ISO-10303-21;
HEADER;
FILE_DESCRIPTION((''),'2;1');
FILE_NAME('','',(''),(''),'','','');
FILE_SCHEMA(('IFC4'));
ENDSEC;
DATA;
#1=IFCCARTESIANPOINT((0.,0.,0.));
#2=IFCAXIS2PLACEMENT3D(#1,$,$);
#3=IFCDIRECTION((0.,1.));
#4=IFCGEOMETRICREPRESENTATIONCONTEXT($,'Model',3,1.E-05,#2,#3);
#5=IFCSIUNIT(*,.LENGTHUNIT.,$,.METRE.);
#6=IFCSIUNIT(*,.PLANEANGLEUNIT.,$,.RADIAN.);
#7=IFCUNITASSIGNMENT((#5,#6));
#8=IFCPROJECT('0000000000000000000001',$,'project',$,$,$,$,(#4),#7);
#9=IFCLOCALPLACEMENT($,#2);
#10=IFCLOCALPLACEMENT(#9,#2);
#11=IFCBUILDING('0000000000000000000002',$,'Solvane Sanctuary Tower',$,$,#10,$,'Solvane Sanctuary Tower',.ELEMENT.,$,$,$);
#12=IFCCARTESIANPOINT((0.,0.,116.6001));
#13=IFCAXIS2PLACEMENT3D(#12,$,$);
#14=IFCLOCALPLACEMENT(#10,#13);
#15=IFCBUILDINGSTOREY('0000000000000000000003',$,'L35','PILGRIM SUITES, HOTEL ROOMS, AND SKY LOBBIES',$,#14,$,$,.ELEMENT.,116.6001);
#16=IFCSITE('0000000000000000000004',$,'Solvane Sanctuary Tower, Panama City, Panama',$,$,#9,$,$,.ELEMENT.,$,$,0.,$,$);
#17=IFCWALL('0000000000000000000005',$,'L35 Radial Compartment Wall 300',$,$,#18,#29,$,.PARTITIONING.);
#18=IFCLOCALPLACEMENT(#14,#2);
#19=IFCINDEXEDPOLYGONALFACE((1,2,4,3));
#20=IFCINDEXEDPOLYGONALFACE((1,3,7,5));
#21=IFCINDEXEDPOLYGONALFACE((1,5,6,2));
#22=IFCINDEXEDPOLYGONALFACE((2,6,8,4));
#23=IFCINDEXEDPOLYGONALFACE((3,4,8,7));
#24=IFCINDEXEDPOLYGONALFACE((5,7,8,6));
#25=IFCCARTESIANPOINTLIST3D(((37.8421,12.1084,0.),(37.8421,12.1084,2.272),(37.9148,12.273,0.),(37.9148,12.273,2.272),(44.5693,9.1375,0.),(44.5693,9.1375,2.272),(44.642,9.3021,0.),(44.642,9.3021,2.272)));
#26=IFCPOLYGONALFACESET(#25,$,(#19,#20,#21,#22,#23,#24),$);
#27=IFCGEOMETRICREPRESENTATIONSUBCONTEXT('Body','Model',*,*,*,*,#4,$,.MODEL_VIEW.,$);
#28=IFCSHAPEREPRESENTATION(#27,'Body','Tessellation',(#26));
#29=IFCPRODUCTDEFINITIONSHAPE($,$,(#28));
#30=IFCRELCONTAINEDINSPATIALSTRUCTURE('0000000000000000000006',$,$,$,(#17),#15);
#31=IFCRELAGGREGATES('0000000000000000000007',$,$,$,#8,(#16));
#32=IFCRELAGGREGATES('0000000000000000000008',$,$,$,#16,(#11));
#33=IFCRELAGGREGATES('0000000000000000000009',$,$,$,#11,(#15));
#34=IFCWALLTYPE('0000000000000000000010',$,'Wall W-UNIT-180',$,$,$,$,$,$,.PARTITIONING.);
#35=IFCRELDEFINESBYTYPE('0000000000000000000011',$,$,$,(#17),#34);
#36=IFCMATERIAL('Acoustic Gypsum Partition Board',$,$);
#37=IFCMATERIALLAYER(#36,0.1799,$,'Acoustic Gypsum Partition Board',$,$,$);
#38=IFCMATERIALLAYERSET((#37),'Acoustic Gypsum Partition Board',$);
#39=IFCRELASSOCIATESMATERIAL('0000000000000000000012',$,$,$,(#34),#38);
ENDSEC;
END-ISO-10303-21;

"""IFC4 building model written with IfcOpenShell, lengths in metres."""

from ifc_helpers import new_model, si_unit, direction, frame, frame_2d, origin, place, context, subcontext, project, spatial, rectangle, extrude, material, layer, layer_set, type_object, element, save


model = new_model("IFC4")

# Units and contexts
model_context = context("Model", 3, precision=1e-05, world=origin(), true_north=direction((0.0, 1.0)))
body_context = subcontext(model_context, "Body", "Model", "MODEL_VIEW")
ifc_project = project(units=[si_unit("LENGTHUNIT", "METRE"), si_unit("PLANEANGLEUNIT", "RADIAN")], contexts=[model_context])

# Site, building, storey
site_placement = place(None, origin())
site = spatial("IfcSite", under=ifc_project, at=site_placement, Name="Solvane Sanctuary Tower, Panama City, Panama", CompositionType="ELEMENT", RefElevation=0.0)
building_placement = place(site_placement, origin())
building = spatial("IfcBuilding", under=site, at=building_placement, Name="Solvane Sanctuary Tower", LongName="Solvane Sanctuary Tower", CompositionType="ELEMENT")
storey_placement = place(building_placement, frame((0.0, 0.0, 116.6001)))
storey = spatial("IfcBuildingStorey", under=building, at=storey_placement, Name="L35", Description="PILGRIM SUITES, HOTEL ROOMS, AND SKY LOBBIES", CompositionType="ELEMENT", Elevation=116.6001)

# Shared definitions
ifc_material_1 = material(Name="Acoustic Gypsum Partition Board")

# Wall
ifc_layer_1 = layer(ifc_material_1, 0.1799, Name="Acoustic Gypsum Partition Board")
ifc_layer_set_1 = layer_set([ifc_layer_1], Name="Acoustic Gypsum Partition Board")
wall_type_1 = type_object("IfcWallType", Name="Wall W-UNIT-180", PredefinedType="PARTITIONING", material=ifc_layer_set_1)
wall_1_placement = place(storey_placement, frame((37.8784, 12.1907, 0.0), z_axis=(0.0, 0.0, 1.0), x_axis=(0.914766, -0.403984, 0.0)))
element("IfcWall", 1, at=wall_1_placement, inside=storey, type_object=wall_type_1, Name="L35 Radial Compartment Wall 300", PredefinedType="PARTITIONING", context=body_context, shape_type="SweptSolid", body=[
    extrude(rectangle(XDim=7.354, YDim=0.1799, at=frame_2d((3.677, 0.0))), origin(), (0.0, 0.0, 1.0), 2.272),
])

save(model, "model.ifc")
